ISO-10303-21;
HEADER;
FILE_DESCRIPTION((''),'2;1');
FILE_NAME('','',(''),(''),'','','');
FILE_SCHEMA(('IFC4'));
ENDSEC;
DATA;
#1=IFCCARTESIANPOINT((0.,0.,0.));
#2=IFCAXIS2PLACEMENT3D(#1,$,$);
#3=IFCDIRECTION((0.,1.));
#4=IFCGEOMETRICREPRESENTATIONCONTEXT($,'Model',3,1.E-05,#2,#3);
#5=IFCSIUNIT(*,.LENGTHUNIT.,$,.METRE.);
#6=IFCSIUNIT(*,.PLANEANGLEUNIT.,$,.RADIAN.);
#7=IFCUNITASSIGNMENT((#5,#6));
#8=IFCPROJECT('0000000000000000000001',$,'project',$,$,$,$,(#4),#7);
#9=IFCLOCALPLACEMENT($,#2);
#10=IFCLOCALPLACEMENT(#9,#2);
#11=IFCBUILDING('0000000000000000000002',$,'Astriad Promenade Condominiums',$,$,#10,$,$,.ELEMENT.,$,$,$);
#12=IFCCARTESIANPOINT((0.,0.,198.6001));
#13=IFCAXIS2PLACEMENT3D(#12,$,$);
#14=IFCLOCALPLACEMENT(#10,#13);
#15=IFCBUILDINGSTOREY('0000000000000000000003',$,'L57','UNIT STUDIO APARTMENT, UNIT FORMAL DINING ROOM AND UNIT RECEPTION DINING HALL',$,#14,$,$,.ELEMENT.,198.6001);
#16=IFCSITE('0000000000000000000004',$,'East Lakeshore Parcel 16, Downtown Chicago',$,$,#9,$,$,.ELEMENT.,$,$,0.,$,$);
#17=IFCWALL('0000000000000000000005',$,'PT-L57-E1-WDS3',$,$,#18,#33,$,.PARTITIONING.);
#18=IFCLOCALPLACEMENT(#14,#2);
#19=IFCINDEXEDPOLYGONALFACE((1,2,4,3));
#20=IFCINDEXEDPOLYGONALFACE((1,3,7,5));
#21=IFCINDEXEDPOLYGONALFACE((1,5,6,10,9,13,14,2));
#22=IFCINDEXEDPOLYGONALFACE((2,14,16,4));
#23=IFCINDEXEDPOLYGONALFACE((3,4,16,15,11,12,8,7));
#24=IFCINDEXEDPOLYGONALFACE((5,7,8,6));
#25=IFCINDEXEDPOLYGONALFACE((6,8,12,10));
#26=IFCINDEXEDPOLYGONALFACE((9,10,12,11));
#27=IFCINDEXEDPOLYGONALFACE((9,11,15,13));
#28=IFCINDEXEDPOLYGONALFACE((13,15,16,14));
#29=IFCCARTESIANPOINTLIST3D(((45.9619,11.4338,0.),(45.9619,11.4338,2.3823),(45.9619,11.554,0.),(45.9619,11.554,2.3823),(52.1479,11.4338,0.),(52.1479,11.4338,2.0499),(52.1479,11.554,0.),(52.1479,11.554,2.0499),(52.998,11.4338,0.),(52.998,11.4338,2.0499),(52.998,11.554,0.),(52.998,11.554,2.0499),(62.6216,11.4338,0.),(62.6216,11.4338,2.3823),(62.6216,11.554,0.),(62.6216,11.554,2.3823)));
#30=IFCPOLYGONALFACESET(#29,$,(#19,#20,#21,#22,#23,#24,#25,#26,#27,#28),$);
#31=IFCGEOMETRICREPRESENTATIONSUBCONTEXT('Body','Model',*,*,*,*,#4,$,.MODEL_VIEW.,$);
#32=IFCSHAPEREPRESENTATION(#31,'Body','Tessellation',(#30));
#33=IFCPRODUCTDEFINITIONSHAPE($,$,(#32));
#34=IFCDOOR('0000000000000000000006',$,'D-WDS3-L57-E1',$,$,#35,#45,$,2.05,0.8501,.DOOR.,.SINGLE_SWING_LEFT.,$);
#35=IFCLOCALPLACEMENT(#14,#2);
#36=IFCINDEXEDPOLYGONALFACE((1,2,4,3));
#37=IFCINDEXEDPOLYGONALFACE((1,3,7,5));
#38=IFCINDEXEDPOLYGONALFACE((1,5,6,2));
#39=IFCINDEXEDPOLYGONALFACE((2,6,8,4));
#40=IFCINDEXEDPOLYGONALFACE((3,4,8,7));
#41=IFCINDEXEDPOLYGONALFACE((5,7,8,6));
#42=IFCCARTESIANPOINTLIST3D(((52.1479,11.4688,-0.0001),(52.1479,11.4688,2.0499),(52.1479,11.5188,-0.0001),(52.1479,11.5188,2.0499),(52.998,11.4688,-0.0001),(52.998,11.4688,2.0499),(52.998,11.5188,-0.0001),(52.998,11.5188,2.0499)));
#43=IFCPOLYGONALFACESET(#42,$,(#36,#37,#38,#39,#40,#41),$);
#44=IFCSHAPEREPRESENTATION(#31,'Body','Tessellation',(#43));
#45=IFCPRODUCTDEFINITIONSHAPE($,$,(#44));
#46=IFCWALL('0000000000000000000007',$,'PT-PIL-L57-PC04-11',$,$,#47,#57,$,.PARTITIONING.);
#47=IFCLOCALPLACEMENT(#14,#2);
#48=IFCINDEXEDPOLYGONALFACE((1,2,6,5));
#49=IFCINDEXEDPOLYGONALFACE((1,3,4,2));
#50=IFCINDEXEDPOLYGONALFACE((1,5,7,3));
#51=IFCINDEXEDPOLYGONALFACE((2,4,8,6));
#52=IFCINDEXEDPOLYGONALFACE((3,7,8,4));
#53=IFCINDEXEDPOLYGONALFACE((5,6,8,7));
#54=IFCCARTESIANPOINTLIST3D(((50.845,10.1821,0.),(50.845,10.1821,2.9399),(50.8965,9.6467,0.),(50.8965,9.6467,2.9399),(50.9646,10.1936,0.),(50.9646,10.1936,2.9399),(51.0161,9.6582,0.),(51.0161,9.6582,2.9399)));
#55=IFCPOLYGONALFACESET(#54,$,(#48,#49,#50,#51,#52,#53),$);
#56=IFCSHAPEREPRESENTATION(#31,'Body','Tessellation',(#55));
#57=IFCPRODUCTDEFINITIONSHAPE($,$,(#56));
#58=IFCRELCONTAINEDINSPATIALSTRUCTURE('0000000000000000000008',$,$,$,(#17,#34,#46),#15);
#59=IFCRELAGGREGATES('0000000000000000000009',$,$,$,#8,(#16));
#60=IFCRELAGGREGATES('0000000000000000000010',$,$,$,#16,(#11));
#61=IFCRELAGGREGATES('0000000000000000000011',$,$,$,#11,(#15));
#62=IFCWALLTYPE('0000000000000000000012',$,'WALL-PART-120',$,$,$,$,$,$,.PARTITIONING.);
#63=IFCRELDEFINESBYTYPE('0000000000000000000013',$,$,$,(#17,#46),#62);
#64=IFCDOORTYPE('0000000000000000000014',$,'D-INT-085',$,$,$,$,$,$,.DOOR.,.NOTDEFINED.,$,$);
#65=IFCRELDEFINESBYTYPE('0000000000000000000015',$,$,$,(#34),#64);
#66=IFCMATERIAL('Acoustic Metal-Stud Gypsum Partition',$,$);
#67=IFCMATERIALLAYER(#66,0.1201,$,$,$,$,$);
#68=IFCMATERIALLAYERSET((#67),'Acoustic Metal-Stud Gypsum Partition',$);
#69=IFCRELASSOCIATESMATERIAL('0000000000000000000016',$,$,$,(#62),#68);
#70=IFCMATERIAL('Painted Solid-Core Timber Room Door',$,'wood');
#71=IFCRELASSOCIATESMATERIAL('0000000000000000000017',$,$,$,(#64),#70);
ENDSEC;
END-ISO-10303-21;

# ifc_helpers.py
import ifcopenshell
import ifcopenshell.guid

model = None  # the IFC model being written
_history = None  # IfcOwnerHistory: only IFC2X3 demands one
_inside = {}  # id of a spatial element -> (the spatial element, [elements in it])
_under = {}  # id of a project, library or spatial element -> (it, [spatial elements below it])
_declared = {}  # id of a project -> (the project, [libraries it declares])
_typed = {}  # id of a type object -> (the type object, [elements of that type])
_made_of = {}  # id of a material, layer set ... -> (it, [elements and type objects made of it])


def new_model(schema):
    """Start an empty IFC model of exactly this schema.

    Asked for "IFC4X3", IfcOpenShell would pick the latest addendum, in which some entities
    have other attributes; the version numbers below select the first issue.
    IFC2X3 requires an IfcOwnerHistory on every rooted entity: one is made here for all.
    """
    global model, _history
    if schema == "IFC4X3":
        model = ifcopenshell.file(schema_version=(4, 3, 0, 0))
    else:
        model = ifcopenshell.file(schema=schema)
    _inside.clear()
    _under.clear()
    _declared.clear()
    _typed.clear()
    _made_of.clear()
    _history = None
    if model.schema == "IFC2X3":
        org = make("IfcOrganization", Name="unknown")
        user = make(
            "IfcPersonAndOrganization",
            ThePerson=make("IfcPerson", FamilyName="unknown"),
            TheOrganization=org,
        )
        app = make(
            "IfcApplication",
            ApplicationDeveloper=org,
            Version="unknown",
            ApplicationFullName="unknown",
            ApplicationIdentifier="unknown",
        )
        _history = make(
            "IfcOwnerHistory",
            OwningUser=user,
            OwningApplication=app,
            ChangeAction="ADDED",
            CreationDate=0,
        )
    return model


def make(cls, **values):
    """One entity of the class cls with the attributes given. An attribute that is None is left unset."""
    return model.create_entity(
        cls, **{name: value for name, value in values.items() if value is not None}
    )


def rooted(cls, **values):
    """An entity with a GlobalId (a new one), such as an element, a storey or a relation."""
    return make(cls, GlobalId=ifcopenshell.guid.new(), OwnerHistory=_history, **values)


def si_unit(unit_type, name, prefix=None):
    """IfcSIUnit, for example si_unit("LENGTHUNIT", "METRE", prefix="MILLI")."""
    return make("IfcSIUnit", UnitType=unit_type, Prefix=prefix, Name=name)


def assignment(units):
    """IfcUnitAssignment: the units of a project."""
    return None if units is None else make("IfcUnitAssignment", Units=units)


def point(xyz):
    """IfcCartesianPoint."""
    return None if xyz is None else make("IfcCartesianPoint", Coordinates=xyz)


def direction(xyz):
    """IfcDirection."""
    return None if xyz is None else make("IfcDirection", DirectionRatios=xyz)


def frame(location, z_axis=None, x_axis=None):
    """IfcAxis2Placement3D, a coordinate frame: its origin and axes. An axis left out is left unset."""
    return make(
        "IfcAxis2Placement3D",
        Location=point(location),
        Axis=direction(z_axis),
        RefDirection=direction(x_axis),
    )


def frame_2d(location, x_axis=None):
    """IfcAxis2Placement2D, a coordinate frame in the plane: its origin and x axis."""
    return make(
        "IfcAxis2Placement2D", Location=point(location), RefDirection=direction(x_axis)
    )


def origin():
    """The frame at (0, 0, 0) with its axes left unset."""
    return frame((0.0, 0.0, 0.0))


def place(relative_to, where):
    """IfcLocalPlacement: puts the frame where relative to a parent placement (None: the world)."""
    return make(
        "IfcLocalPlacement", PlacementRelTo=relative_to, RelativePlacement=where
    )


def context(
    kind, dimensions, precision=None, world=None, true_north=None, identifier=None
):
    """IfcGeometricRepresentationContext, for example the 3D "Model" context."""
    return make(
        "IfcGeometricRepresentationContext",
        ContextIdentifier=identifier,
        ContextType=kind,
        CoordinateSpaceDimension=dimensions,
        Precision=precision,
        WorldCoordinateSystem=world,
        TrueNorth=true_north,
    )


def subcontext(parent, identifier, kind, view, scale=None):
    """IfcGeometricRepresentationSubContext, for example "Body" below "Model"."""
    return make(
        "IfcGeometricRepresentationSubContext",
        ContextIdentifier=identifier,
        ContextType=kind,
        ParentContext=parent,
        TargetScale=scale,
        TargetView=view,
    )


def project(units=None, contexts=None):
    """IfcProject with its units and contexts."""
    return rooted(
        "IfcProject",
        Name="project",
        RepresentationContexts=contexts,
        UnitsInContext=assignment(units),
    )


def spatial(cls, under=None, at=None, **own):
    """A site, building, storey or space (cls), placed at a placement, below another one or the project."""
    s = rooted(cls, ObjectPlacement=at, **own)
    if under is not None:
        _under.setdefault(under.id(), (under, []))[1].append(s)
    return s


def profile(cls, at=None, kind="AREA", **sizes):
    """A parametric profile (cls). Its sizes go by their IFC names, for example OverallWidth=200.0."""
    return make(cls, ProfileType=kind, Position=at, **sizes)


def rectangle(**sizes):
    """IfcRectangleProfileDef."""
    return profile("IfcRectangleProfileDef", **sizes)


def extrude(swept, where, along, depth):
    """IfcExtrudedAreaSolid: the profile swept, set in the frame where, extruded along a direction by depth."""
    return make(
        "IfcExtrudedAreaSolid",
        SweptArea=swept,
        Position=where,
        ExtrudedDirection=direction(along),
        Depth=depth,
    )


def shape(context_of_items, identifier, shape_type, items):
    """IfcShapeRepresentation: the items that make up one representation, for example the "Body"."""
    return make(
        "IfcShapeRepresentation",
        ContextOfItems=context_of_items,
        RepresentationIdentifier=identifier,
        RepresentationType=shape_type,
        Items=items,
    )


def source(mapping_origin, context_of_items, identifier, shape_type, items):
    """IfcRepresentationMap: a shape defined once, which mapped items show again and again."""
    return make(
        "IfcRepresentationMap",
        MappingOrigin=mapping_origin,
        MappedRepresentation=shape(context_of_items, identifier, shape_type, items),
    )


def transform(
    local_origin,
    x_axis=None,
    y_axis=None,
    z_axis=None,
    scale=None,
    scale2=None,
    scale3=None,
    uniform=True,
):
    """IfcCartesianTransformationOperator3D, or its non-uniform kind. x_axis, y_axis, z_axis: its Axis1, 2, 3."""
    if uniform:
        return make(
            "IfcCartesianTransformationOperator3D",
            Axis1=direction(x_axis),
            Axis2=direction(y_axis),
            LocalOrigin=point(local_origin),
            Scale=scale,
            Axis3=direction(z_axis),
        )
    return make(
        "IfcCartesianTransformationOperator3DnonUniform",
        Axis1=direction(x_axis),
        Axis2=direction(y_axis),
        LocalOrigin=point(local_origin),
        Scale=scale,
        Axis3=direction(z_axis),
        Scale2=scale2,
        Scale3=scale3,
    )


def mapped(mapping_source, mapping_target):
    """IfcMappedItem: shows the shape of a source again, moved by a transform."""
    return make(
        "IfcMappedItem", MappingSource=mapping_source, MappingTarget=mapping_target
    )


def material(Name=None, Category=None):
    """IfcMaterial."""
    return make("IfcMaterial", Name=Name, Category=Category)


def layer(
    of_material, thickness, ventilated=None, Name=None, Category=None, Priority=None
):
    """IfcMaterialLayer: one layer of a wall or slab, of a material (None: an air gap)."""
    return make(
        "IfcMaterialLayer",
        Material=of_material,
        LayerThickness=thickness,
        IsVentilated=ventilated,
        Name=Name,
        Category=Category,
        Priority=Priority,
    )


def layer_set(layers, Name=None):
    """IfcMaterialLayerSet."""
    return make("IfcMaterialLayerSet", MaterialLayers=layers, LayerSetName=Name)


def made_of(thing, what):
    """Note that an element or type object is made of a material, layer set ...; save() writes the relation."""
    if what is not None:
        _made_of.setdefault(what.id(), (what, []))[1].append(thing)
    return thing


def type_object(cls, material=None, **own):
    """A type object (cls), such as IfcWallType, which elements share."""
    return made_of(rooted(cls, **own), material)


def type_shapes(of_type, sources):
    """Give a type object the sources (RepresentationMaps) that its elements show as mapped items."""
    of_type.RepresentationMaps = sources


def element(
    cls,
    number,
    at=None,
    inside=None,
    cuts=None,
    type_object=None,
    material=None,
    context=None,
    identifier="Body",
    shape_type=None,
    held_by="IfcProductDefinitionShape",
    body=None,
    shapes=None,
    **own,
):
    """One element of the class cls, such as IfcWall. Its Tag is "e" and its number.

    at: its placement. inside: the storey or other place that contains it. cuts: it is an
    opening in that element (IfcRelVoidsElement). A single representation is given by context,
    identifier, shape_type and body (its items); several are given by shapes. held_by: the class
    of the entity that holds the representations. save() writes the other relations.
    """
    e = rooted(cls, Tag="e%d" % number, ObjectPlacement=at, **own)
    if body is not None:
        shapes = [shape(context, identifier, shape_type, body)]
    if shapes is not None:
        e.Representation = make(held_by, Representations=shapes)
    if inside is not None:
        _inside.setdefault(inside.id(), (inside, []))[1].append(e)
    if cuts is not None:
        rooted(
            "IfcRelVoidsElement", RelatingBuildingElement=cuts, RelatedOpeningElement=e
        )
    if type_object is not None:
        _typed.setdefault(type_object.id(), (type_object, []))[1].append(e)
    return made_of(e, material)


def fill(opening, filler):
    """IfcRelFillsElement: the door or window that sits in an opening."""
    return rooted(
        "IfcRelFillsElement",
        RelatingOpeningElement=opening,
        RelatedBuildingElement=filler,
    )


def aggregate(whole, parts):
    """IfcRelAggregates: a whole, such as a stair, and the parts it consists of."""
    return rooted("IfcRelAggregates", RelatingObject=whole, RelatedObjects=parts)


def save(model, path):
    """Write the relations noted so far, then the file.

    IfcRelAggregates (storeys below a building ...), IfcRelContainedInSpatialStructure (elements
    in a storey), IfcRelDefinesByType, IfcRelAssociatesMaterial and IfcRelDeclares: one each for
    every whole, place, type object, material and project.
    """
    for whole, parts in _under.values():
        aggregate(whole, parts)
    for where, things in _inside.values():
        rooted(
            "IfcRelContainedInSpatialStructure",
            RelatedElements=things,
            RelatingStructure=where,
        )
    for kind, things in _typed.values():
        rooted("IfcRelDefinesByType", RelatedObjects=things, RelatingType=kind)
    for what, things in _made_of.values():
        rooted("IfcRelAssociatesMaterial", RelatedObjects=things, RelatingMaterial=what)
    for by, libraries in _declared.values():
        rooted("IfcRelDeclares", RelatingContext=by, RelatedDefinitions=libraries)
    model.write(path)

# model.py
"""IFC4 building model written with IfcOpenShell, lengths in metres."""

from ifc_helpers import new_model, si_unit, direction, frame, frame_2d, origin, place, context, subcontext, project, spatial, rectangle, extrude, source, transform, mapped, material, layer, layer_set, type_object, type_shapes, element, fill, save


model = new_model("IFC4")

# Units and contexts
model_context = context("Model", 3, precision=1e-05, world=origin(), true_north=direction((0.0, 1.0)))
body_context = subcontext(model_context, "Body", "Model", "MODEL_VIEW")
ifc_project = project(units=[si_unit("LENGTHUNIT", "METRE"), si_unit("PLANEANGLEUNIT", "RADIAN")], contexts=[model_context])

# Site, building, storey
site_placement = place(None, origin())
site = spatial("IfcSite", under=ifc_project, at=site_placement, Name="East Lakeshore Parcel 16, Downtown Chicago", CompositionType="ELEMENT", RefElevation=0.0)
building_placement = place(site_placement, origin())
building = spatial("IfcBuilding", under=site, at=building_placement, Name="Astriad Promenade Condominiums", CompositionType="ELEMENT")
storey_placement = place(building_placement, frame((0.0, 0.0, 198.6001)))
storey = spatial("IfcBuildingStorey", under=building, at=storey_placement, Name="L57", Description="UNIT STUDIO APARTMENT, UNIT FORMAL DINING ROOM AND UNIT RECEPTION DINING HALL", CompositionType="ELEMENT", Elevation=198.6001)

# Shared definitions
ifc_material_1 = material(Name="Acoustic Metal-Stud Gypsum Partition")
ifc_layer = layer(ifc_material_1, 0.1201)
ifc_layer_set = layer_set([ifc_layer], Name="Acoustic Metal-Stud Gypsum Partition")
wall_type = type_object("IfcWallType", Name="WALL-PART-120", PredefinedType="PARTITIONING", material=ifc_layer_set)
ifc_material_2 = material(Name="Painted Solid-Core Timber Room Door", Category="wood")
door_type_1 = type_object("IfcDoorType", Name="D-INT-085", OperationType="NOTDEFINED", PredefinedType="DOOR", material=ifc_material_2)
shared_shape_1 = source(origin(), body_context, "Body", "SweptSolid", [
    extrude(rectangle(XDim=0.8501, YDim=2.05, at=frame_2d((0.425, 1.0249))), frame((0.0, 0.0249, 0.0), z_axis=(0.0, -1.0, 0.0), x_axis=(1.0, 0.0, 0.0)), (0.0, 0.0, 1.0), 0.05),
])
type_shapes(door_type_1, [shared_shape_1])

# Wall, opening, door
wall_1_placement = place(storey_placement, frame((45.9619, 11.4939, 0.0), z_axis=(0.0, 0.0, 1.0), x_axis=(1.0, 0.0, 0.0)))
wall_1 = element("IfcWall", 1, at=wall_1_placement, inside=storey, type_object=wall_type, Name="PT-L57-E1-WDS3", PredefinedType="PARTITIONING", context=body_context, shape_type="SweptSolid", body=[
    extrude(rectangle(XDim=16.6597, YDim=0.1201, at=frame_2d((8.3298, 0.0))), origin(), (0.0, 0.0, 1.0), 2.3823),
])
opening_1_placement = place(wall_1_placement, frame((6.186, 0.0, 0.0)))
opening_1 = element("IfcOpeningElement", 2, at=opening_1_placement, cuts=wall_1, PredefinedType="OPENING", context=body_context, shape_type="SweptSolid", body=[
    extrude(rectangle(XDim=0.8501, YDim=2.05, at=frame_2d((0.425, 1.0249))), frame((0.0, 0.0701, 0.0), z_axis=(0.0, -1.0, 0.0), x_axis=(1.0, 0.0, 0.0)), (0.0, 0.0, 1.0), 0.1401),
])
door_1_placement = place(opening_1_placement, origin())
door_1 = element("IfcDoor", 3, at=door_1_placement, inside=storey, type_object=door_type_1, Name="D-WDS3-L57-E1", OperationType="SINGLE_SWING_LEFT", OverallHeight=2.05, OverallWidth=0.8501, PredefinedType="DOOR", context=body_context, shape_type="MappedRepresentation", body=[
    mapped(shared_shape_1, transform((0.0, 0.0, 0.0), scale=1.0)),
])
fill(opening_1, door_1)

# Wall
wall_2_placement = place(storey_placement, frame((50.9048, 10.188, 0.0), z_axis=(0.0, 0.0, 1.0), x_axis=(0.095773, -0.995403, 0.0)))
element("IfcWall", 4, at=wall_2_placement, inside=storey, type_object=wall_type, Name="PT-PIL-L57-PC04-11", PredefinedType="PARTITIONING", context=body_context, shape_type="SweptSolid", body=[
    extrude(rectangle(XDim=0.5378, YDim=0.1201, at=frame_2d((0.269, 0.0))), origin(), (0.0, 0.0, 1.0), 2.9399),
])

save(model, "model.ifc")
